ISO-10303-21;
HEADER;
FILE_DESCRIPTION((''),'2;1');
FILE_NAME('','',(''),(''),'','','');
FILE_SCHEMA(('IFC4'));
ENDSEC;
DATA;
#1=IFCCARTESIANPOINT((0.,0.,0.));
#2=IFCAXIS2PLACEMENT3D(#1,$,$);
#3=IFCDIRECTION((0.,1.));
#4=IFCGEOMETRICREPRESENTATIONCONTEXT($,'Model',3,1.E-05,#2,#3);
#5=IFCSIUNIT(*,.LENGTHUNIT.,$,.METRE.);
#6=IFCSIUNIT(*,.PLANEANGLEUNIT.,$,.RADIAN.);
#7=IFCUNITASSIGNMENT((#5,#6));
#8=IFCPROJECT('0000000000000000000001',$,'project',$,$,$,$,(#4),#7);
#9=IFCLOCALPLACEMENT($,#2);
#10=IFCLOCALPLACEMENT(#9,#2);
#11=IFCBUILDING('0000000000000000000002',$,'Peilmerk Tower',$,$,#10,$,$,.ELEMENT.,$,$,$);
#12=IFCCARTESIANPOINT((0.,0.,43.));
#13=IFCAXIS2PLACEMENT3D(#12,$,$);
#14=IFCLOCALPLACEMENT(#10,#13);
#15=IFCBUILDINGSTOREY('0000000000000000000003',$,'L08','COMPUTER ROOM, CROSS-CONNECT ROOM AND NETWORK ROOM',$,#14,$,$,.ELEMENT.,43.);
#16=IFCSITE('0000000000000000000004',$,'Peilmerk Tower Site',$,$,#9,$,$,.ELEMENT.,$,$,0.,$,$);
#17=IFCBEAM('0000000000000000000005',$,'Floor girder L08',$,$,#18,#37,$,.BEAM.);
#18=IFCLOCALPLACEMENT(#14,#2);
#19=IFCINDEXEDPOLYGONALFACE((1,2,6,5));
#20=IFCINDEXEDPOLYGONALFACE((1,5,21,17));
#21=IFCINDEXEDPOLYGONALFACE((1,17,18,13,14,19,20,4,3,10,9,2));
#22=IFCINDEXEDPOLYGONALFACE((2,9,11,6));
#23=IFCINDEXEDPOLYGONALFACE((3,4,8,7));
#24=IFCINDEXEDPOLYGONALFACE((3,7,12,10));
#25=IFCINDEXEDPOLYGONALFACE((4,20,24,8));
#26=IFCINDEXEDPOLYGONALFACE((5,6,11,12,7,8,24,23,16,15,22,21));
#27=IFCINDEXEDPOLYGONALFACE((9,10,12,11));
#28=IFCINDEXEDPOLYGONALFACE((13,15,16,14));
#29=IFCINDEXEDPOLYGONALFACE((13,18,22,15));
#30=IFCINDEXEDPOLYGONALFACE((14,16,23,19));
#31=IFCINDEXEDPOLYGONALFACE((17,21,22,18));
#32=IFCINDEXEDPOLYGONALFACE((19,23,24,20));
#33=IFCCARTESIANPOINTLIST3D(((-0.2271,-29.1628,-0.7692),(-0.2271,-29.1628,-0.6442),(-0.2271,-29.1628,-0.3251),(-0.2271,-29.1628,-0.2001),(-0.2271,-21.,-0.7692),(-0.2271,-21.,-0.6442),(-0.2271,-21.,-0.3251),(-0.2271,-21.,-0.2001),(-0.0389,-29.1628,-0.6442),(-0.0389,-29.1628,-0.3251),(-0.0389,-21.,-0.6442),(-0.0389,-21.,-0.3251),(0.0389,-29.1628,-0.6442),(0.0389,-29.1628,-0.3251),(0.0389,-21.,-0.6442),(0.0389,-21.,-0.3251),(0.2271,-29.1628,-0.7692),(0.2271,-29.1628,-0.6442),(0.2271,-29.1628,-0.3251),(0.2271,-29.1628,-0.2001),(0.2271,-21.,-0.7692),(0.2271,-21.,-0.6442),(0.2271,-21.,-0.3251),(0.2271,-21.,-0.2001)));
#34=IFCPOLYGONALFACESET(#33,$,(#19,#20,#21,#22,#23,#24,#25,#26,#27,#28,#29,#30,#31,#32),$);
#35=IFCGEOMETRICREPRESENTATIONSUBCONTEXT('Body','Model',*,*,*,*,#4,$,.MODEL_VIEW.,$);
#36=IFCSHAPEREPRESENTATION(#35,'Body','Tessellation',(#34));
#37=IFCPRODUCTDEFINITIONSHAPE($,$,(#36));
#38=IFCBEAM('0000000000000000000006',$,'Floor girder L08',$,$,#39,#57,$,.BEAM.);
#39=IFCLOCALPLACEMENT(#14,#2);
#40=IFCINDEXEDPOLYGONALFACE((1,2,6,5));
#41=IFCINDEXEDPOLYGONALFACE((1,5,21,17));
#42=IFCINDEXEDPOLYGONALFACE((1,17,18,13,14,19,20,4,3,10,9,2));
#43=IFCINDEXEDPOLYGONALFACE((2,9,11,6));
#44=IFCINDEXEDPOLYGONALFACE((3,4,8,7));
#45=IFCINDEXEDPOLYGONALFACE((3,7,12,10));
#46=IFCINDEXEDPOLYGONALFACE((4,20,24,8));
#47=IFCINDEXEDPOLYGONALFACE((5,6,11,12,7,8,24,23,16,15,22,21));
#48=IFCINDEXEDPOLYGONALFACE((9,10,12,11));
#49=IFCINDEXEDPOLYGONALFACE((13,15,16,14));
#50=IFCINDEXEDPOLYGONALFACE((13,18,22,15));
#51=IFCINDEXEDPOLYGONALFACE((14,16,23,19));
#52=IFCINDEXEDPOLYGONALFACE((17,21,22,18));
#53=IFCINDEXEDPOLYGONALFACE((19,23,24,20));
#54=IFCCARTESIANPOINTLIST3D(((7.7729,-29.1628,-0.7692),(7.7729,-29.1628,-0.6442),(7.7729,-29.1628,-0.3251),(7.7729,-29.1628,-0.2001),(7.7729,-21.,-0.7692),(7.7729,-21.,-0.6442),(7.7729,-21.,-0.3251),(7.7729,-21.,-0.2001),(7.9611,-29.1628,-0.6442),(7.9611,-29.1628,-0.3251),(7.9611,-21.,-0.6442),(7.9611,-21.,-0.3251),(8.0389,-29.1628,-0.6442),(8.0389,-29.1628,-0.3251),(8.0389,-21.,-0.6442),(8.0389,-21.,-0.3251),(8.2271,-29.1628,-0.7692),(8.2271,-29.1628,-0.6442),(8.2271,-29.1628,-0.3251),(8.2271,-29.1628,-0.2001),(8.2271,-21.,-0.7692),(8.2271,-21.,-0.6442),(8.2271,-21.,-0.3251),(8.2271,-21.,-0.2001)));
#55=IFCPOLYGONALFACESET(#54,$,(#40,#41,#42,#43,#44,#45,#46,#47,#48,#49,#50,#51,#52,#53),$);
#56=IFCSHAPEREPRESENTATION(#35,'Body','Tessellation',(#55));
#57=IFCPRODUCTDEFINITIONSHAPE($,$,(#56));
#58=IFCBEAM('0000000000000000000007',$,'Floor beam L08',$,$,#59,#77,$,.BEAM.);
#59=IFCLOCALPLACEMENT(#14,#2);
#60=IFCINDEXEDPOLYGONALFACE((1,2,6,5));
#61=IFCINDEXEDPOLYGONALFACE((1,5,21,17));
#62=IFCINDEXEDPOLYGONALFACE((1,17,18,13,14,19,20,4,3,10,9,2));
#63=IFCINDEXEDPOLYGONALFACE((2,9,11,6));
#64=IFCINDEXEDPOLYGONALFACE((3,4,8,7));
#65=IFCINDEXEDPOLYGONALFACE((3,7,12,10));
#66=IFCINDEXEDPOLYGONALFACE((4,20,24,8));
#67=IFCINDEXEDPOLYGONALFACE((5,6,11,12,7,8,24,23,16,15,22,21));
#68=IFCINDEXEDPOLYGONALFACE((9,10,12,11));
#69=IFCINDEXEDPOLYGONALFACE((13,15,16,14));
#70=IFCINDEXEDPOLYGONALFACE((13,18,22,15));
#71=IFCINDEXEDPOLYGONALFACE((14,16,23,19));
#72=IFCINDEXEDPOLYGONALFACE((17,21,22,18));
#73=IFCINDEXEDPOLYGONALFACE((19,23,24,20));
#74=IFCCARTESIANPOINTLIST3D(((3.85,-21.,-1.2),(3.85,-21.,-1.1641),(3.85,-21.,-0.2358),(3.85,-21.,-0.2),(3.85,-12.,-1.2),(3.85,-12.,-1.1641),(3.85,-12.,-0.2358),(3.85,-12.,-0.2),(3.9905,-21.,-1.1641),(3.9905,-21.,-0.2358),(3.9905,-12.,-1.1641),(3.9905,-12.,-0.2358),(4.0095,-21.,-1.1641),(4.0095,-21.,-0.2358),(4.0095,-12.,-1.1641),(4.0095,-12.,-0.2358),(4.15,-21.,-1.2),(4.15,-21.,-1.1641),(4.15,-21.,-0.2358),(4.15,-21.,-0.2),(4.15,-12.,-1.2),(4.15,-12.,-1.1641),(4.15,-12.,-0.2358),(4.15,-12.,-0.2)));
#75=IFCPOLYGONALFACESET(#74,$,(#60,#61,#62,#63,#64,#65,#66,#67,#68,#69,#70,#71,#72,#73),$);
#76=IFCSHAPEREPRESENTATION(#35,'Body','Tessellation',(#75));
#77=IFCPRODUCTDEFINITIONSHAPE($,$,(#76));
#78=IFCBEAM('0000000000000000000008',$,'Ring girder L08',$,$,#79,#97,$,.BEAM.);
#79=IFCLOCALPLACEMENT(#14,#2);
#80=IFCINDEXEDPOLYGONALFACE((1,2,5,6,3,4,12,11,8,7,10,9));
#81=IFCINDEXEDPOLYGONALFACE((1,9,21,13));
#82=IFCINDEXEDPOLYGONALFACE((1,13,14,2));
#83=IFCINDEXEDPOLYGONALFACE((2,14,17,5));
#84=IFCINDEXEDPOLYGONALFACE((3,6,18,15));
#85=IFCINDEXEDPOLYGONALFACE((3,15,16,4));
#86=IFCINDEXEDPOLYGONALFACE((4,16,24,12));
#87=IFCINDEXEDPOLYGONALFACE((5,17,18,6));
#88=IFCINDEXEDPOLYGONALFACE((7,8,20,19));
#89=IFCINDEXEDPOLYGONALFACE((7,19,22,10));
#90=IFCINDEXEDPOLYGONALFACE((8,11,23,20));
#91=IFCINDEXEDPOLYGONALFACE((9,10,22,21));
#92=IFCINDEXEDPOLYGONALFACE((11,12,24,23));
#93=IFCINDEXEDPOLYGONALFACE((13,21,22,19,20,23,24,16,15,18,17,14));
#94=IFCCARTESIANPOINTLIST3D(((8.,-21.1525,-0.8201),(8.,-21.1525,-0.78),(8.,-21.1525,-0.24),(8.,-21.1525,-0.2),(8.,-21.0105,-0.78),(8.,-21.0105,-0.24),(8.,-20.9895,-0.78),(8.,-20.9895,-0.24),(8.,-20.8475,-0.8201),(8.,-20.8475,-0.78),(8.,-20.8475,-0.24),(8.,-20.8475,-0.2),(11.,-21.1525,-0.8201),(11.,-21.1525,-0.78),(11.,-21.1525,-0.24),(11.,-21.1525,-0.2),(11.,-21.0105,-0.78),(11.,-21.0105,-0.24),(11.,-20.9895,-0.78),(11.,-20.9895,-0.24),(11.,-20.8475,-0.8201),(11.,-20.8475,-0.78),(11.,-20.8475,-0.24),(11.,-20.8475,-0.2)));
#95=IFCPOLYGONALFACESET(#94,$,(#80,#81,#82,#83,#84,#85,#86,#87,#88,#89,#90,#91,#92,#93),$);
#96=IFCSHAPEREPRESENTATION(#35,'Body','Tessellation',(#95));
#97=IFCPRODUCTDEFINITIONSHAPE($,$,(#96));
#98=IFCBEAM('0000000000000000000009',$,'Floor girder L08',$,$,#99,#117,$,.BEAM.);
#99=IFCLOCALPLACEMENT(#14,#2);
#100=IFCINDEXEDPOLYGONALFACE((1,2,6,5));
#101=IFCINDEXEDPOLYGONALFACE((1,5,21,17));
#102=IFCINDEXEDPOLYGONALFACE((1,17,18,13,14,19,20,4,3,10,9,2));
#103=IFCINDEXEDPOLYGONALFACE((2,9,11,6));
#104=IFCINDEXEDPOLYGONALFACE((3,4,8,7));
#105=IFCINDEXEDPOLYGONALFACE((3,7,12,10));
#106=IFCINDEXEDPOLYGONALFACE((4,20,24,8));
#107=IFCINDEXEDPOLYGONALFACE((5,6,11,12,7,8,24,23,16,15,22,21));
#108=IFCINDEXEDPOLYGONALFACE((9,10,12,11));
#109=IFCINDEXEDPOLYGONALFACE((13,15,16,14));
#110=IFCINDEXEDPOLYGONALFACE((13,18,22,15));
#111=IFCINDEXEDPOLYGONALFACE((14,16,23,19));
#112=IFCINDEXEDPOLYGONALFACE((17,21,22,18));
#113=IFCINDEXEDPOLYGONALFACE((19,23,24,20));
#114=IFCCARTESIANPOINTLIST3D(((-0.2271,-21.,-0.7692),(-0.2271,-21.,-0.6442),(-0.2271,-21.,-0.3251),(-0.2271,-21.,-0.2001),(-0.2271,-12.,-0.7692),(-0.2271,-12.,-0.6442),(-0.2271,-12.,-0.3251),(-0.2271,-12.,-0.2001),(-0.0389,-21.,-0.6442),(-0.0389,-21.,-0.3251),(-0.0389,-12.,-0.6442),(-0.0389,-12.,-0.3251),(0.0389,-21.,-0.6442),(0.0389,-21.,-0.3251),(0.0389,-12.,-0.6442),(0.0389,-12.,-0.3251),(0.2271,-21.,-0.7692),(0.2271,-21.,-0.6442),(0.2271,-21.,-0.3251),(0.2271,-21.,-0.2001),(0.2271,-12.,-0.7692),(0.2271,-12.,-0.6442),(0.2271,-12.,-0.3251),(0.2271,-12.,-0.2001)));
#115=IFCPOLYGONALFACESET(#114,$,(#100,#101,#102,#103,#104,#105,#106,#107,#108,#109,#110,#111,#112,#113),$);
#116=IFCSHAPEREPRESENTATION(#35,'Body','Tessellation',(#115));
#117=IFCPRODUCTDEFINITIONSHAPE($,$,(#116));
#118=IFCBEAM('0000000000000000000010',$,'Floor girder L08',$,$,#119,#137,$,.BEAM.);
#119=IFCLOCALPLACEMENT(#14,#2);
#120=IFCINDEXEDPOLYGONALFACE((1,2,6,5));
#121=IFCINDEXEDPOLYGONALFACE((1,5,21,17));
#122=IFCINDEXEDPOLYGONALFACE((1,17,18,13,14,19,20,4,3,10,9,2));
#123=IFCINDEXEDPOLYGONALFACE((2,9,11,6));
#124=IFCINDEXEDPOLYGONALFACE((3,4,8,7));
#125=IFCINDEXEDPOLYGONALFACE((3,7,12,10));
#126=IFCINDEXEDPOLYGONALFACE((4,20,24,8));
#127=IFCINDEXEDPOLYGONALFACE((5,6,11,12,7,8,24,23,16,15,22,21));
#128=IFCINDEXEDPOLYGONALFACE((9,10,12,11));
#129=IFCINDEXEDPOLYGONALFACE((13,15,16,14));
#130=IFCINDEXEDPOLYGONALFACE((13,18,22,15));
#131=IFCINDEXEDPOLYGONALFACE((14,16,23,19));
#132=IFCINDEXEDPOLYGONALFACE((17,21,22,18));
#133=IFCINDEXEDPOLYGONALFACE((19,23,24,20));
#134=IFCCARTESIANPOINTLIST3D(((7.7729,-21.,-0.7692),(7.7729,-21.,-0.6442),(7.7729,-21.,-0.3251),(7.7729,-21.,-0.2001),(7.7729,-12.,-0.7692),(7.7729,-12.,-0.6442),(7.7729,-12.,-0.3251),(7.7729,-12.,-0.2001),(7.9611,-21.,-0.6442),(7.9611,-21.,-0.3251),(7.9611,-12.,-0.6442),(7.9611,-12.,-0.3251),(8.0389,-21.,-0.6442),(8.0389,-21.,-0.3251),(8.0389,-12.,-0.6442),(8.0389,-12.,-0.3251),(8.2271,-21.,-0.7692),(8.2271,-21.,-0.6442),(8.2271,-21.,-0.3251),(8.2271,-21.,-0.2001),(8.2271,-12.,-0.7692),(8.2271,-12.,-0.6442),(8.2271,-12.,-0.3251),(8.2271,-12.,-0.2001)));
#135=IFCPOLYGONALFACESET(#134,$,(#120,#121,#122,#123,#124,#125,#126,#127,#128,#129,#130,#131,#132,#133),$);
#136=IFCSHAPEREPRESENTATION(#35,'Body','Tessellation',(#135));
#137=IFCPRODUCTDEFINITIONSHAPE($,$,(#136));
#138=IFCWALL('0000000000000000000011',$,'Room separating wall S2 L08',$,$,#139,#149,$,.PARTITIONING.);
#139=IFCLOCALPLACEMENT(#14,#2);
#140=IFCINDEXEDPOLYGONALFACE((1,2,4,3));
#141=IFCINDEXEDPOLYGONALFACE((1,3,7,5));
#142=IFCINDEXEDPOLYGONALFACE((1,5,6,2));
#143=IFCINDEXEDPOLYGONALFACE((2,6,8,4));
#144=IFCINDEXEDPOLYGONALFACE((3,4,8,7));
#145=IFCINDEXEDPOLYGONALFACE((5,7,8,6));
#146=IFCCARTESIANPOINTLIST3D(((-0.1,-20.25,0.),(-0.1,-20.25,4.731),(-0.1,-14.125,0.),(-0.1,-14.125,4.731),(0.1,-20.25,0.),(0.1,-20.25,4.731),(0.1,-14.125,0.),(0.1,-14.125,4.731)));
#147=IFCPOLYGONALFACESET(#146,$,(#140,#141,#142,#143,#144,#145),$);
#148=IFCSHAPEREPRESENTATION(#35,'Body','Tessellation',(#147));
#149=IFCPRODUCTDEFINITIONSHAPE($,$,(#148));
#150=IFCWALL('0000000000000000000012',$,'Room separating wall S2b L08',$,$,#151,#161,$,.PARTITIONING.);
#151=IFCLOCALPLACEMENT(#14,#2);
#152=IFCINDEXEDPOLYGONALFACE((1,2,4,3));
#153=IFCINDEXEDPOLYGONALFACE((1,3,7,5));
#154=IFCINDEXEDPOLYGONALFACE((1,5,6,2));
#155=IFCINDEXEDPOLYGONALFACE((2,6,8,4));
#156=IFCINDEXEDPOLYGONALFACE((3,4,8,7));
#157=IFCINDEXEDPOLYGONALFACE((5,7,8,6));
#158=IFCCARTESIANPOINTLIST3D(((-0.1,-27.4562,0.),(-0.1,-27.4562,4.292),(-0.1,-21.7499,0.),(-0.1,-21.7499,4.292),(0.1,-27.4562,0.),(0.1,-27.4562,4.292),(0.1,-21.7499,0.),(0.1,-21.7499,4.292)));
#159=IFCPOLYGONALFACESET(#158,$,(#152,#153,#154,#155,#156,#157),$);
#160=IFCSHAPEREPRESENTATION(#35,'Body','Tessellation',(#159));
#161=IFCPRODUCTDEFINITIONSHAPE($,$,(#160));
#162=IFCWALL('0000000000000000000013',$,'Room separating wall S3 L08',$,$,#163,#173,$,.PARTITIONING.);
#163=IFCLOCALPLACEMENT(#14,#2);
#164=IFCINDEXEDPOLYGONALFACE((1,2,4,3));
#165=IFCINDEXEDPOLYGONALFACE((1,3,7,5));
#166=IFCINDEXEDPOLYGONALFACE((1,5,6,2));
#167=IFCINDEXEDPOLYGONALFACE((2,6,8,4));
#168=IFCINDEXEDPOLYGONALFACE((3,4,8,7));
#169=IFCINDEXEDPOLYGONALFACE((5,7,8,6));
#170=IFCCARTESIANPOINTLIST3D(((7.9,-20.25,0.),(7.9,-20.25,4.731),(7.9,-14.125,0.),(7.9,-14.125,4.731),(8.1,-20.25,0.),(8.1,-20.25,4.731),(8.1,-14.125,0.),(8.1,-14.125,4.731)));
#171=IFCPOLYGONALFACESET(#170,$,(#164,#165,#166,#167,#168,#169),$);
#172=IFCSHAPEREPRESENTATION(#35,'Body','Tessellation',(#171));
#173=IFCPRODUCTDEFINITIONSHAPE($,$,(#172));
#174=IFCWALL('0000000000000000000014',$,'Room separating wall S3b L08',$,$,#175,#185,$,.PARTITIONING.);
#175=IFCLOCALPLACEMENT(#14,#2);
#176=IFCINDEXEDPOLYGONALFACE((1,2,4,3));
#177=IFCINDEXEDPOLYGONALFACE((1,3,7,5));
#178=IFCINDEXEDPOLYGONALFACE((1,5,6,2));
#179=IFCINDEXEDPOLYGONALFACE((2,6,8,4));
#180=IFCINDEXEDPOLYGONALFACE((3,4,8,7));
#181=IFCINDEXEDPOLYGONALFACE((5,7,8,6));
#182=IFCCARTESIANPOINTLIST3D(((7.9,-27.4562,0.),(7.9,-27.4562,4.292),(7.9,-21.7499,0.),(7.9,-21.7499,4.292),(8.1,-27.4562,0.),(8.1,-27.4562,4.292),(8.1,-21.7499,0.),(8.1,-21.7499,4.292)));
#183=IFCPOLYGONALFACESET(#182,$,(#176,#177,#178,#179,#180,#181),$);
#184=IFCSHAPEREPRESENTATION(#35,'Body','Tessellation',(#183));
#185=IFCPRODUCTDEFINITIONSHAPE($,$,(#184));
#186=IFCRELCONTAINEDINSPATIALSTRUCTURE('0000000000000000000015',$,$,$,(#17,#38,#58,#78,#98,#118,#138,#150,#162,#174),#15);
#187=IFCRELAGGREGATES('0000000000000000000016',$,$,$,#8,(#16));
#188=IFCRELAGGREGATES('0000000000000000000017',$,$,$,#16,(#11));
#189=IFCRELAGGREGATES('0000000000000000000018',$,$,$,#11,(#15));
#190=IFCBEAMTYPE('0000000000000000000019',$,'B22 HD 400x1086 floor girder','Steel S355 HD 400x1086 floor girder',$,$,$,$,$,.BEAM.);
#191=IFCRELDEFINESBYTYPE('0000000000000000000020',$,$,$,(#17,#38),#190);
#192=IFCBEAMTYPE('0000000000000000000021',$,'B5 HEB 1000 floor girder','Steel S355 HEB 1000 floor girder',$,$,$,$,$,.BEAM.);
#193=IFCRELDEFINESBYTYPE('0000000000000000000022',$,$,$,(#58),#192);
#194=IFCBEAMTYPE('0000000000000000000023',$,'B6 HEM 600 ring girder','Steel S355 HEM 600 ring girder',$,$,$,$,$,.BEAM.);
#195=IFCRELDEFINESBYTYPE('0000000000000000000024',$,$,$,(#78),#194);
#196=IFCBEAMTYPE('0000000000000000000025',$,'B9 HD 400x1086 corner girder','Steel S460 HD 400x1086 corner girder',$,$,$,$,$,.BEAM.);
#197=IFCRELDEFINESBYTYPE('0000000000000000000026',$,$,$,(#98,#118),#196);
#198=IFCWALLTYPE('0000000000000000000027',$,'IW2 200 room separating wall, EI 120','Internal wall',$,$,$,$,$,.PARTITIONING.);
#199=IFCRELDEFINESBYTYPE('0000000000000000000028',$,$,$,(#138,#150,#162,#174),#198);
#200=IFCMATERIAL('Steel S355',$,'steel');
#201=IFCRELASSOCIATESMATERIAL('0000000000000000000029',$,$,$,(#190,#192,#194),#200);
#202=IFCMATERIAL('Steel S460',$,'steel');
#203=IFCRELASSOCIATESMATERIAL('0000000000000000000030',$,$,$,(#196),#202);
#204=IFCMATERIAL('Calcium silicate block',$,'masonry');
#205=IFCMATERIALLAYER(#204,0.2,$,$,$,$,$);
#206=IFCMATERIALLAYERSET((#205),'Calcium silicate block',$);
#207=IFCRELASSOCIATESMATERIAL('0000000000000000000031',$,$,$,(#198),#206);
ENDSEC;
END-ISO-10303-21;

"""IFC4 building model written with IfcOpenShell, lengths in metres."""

from ifc_helpers import new_model, si_unit, direction, frame, frame_2d, origin, origin_2d, place, context, subcontext, project, spatial, rectangle, i_section, extrude, material, layer, layer_set, material_profile, profile_set, type_object, element, save


model = new_model("IFC4")

# Units and contexts
model_context = context("Model", 3, precision=1e-05, world=origin(), true_north=direction((0.0, 1.0)))
body_context = subcontext(model_context, "Body", "Model", "MODEL_VIEW")
ifc_project = project(units=[si_unit("LENGTHUNIT", "METRE"), si_unit("PLANEANGLEUNIT", "RADIAN")], contexts=[model_context])

# Site, building, storey
site_placement = place(None, origin())
site = spatial("IfcSite", under=ifc_project, at=site_placement, Name="Peilmerk Tower Site", CompositionType="ELEMENT", RefElevation=0.0)
building_placement = place(site_placement, origin())
building = spatial("IfcBuilding", under=site, at=building_placement, Name="Peilmerk Tower", CompositionType="ELEMENT")
storey_placement = place(building_placement, frame((0.0, 0.0, 43.0)))
storey = spatial("IfcBuildingStorey", under=building, at=storey_placement, Name="L08", Description="COMPUTER ROOM, CROSS-CONNECT ROOM AND NETWORK ROOM", CompositionType="ELEMENT", Elevation=43.0)

# Beams
ifc_material_1 = material(Name="Steel S355", Category="steel")
ifc_material_profile_1 = material_profile(ifc_material_1, i_section(OverallWidth=0.4541, OverallDepth=0.5691, WebThickness=0.0779, FlangeThickness=0.125, at=origin_2d()), Name="HD 400x1086")
ifc_profile_set_1 = profile_set([ifc_material_profile_1], Name="Steel S355")
beam_type_1 = type_object("IfcBeamType", Name="B22 HD 400x1086 floor girder", Description="Steel S355 HD 400x1086 floor girder", PredefinedType="BEAM", material=ifc_profile_set_1)
for number, where, z_axis, x_axis, name in (
    (1, (0.0, -21.0, -0.4846), (0.0, -1.0, 0.0), (1.0, 0.0, 0.0), "Floor girder L08"),
    (2, (8.0, -21.0, -0.4846), (0.0, -1.0, 0.0), (1.0, 0.0, 0.0), "Floor girder L08"),
):
    element("IfcBeam", number, at=place(storey_placement, frame(where, z_axis=z_axis, x_axis=x_axis)), inside=storey, type_object=beam_type_1, Name=name, PredefinedType="BEAM", context=body_context, shape_type="SweptSolid", body=[
        extrude(i_section(OverallWidth=0.4541, OverallDepth=0.5691, WebThickness=0.0779, FlangeThickness=0.125, at=origin_2d()), origin(), (0.0, 0.0, 1.0), 8.1628),
    ])
ifc_material_profile_2 = material_profile(ifc_material_1, i_section(OverallWidth=0.3, OverallDepth=1.0, WebThickness=0.019, FlangeThickness=0.0359, at=origin_2d()), Name="HEB 1000")
ifc_profile_set_2 = profile_set([ifc_material_profile_2], Name="Steel S355")
beam_type_2 = type_object("IfcBeamType", Name="B5 HEB 1000 floor girder", Description="Steel S355 HEB 1000 floor girder", PredefinedType="BEAM", material=ifc_profile_set_2)
beam_1_placement = place(storey_placement, frame((4.0, -12.0, -0.7), z_axis=(0.0, -1.0, 0.0), x_axis=(1.0, 0.0, 0.0)))
element("IfcBeam", 3, at=beam_1_placement, inside=storey, type_object=beam_type_2, Name="Floor beam L08", PredefinedType="BEAM", context=body_context, shape_type="SweptSolid", body=[
    extrude(i_section(OverallWidth=0.3, OverallDepth=1.0, WebThickness=0.019, FlangeThickness=0.0359, at=origin_2d()), origin(), (0.0, 0.0, 1.0), 9.0),
])
ifc_material_profile_3 = material_profile(ifc_material_1, i_section(OverallWidth=0.3049, OverallDepth=0.6201, WebThickness=0.021, FlangeThickness=0.04, at=origin_2d()), Name="HEM 600")
ifc_profile_set_3 = profile_set([ifc_material_profile_3], Name="Steel S355")
beam_type_3 = type_object("IfcBeamType", Name="B6 HEM 600 ring girder", Description="Steel S355 HEM 600 ring girder", PredefinedType="BEAM", material=ifc_profile_set_3)
beam_2_placement = place(storey_placement, frame((8.0, -21.0, -0.51), z_axis=(1.0, 0.0, 0.0), x_axis=(0.0, 1.0, 0.0)))
element("IfcBeam", 4, at=beam_2_placement, inside=storey, type_object=beam_type_3, Name="Ring girder L08", PredefinedType="BEAM", context=body_context, shape_type="SweptSolid", body=[
    extrude(i_section(OverallWidth=0.3049, OverallDepth=0.6201, WebThickness=0.021, FlangeThickness=0.04, at=origin_2d()), origin(), (0.0, 0.0, 1.0), 3.0),
])
ifc_material_2 = material(Name="Steel S460", Category="steel")
ifc_material_profile_4 = material_profile(ifc_material_2, i_section(OverallWidth=0.4541, OverallDepth=0.5691, WebThickness=0.0779, FlangeThickness=0.125, at=origin_2d()), Name="HD 400x1086")
ifc_profile_set_4 = profile_set([ifc_material_profile_4], Name="Steel S460")
beam_type_4 = type_object("IfcBeamType", Name="B9 HD 400x1086 corner girder", Description="Steel S460 HD 400x1086 corner girder", PredefinedType="BEAM", material=ifc_profile_set_4)
for number, where, z_axis, x_axis, name in (
    (5, (0.0, -12.0, -0.4846), (0.0, -1.0, 0.0), (1.0, 0.0, 0.0), "Floor girder L08"),
    (6, (8.0, -12.0, -0.4846), (0.0, -1.0, 0.0), (1.0, 0.0, 0.0), "Floor girder L08"),
):
    element("IfcBeam", number, at=place(storey_placement, frame(where, z_axis=z_axis, x_axis=x_axis)), inside=storey, type_object=beam_type_4, Name=name, PredefinedType="BEAM", context=body_context, shape_type="SweptSolid", body=[
        extrude(i_section(OverallWidth=0.4541, OverallDepth=0.5691, WebThickness=0.0779, FlangeThickness=0.125, at=origin_2d()), origin(), (0.0, 0.0, 1.0), 9.0),
    ])

# Walls
ifc_material_3 = material(Name="Calcium silicate block", Category="masonry")
ifc_layer_1 = layer(ifc_material_3, 0.2)
ifc_layer_set_1 = layer_set([ifc_layer_1], Name="Calcium silicate block")
wall_type_1 = type_object("IfcWallType", Name="IW2 200 room separating wall, EI 120", Description="Internal wall", PredefinedType="PARTITIONING", material=ifc_layer_set_1)
wall_1_placement = place(storey_placement, frame((0.0, -14.125, 0.0), z_axis=(0.0, 0.0, 1.0), x_axis=(0.0, -1.0, 0.0)))
element("IfcWall", 7, at=wall_1_placement, inside=storey, type_object=wall_type_1, Name="Room separating wall S2 L08", PredefinedType="PARTITIONING", context=body_context, shape_type="SweptSolid", body=[
    extrude(rectangle(XDim=6.125, YDim=0.2, at=frame_2d((3.0625, 0.0))), origin(), (0.0, 0.0, 1.0), 4.731),
])
wall_2_placement = place(storey_placement, frame((0.0, -21.75, 0.0), z_axis=(0.0, 0.0, 1.0), x_axis=(0.0, -1.0, 0.0)))
element("IfcWall", 8, at=wall_2_placement, inside=storey, type_object=wall_type_1, Name="Room separating wall S2b L08", PredefinedType="PARTITIONING", context=body_context, shape_type="SweptSolid", body=[
    extrude(rectangle(XDim=5.7063, YDim=0.2, at=frame_2d((2.853, 0.0))), origin(), (0.0, 0.0, 1.0), 4.292),
])
wall_3_placement = place(storey_placement, frame((8.0, -14.125, 0.0), z_axis=(0.0, 0.0, 1.0), x_axis=(0.0, -1.0, 0.0)))
element("IfcWall", 9, at=wall_3_placement, inside=storey, type_object=wall_type_1, Name="Room separating wall S3 L08", PredefinedType="PARTITIONING", context=body_context, shape_type="SweptSolid", body=[
    extrude(rectangle(XDim=6.125, YDim=0.2, at=frame_2d((3.0625, 0.0))), origin(), (0.0, 0.0, 1.0), 4.731),
])
wall_4_placement = place(storey_placement, frame((8.0, -21.75, 0.0), z_axis=(0.0, 0.0, 1.0), x_axis=(0.0, -1.0, 0.0)))
element("IfcWall", 10, at=wall_4_placement, inside=storey, type_object=wall_type_1, Name="Room separating wall S3b L08", PredefinedType="PARTITIONING", context=body_context, shape_type="SweptSolid", body=[
    extrude(rectangle(XDim=5.7063, YDim=0.2, at=frame_2d((2.853, 0.0))), origin(), (0.0, 0.0, 1.0), 4.292),
])

save(model, "model.ifc")
